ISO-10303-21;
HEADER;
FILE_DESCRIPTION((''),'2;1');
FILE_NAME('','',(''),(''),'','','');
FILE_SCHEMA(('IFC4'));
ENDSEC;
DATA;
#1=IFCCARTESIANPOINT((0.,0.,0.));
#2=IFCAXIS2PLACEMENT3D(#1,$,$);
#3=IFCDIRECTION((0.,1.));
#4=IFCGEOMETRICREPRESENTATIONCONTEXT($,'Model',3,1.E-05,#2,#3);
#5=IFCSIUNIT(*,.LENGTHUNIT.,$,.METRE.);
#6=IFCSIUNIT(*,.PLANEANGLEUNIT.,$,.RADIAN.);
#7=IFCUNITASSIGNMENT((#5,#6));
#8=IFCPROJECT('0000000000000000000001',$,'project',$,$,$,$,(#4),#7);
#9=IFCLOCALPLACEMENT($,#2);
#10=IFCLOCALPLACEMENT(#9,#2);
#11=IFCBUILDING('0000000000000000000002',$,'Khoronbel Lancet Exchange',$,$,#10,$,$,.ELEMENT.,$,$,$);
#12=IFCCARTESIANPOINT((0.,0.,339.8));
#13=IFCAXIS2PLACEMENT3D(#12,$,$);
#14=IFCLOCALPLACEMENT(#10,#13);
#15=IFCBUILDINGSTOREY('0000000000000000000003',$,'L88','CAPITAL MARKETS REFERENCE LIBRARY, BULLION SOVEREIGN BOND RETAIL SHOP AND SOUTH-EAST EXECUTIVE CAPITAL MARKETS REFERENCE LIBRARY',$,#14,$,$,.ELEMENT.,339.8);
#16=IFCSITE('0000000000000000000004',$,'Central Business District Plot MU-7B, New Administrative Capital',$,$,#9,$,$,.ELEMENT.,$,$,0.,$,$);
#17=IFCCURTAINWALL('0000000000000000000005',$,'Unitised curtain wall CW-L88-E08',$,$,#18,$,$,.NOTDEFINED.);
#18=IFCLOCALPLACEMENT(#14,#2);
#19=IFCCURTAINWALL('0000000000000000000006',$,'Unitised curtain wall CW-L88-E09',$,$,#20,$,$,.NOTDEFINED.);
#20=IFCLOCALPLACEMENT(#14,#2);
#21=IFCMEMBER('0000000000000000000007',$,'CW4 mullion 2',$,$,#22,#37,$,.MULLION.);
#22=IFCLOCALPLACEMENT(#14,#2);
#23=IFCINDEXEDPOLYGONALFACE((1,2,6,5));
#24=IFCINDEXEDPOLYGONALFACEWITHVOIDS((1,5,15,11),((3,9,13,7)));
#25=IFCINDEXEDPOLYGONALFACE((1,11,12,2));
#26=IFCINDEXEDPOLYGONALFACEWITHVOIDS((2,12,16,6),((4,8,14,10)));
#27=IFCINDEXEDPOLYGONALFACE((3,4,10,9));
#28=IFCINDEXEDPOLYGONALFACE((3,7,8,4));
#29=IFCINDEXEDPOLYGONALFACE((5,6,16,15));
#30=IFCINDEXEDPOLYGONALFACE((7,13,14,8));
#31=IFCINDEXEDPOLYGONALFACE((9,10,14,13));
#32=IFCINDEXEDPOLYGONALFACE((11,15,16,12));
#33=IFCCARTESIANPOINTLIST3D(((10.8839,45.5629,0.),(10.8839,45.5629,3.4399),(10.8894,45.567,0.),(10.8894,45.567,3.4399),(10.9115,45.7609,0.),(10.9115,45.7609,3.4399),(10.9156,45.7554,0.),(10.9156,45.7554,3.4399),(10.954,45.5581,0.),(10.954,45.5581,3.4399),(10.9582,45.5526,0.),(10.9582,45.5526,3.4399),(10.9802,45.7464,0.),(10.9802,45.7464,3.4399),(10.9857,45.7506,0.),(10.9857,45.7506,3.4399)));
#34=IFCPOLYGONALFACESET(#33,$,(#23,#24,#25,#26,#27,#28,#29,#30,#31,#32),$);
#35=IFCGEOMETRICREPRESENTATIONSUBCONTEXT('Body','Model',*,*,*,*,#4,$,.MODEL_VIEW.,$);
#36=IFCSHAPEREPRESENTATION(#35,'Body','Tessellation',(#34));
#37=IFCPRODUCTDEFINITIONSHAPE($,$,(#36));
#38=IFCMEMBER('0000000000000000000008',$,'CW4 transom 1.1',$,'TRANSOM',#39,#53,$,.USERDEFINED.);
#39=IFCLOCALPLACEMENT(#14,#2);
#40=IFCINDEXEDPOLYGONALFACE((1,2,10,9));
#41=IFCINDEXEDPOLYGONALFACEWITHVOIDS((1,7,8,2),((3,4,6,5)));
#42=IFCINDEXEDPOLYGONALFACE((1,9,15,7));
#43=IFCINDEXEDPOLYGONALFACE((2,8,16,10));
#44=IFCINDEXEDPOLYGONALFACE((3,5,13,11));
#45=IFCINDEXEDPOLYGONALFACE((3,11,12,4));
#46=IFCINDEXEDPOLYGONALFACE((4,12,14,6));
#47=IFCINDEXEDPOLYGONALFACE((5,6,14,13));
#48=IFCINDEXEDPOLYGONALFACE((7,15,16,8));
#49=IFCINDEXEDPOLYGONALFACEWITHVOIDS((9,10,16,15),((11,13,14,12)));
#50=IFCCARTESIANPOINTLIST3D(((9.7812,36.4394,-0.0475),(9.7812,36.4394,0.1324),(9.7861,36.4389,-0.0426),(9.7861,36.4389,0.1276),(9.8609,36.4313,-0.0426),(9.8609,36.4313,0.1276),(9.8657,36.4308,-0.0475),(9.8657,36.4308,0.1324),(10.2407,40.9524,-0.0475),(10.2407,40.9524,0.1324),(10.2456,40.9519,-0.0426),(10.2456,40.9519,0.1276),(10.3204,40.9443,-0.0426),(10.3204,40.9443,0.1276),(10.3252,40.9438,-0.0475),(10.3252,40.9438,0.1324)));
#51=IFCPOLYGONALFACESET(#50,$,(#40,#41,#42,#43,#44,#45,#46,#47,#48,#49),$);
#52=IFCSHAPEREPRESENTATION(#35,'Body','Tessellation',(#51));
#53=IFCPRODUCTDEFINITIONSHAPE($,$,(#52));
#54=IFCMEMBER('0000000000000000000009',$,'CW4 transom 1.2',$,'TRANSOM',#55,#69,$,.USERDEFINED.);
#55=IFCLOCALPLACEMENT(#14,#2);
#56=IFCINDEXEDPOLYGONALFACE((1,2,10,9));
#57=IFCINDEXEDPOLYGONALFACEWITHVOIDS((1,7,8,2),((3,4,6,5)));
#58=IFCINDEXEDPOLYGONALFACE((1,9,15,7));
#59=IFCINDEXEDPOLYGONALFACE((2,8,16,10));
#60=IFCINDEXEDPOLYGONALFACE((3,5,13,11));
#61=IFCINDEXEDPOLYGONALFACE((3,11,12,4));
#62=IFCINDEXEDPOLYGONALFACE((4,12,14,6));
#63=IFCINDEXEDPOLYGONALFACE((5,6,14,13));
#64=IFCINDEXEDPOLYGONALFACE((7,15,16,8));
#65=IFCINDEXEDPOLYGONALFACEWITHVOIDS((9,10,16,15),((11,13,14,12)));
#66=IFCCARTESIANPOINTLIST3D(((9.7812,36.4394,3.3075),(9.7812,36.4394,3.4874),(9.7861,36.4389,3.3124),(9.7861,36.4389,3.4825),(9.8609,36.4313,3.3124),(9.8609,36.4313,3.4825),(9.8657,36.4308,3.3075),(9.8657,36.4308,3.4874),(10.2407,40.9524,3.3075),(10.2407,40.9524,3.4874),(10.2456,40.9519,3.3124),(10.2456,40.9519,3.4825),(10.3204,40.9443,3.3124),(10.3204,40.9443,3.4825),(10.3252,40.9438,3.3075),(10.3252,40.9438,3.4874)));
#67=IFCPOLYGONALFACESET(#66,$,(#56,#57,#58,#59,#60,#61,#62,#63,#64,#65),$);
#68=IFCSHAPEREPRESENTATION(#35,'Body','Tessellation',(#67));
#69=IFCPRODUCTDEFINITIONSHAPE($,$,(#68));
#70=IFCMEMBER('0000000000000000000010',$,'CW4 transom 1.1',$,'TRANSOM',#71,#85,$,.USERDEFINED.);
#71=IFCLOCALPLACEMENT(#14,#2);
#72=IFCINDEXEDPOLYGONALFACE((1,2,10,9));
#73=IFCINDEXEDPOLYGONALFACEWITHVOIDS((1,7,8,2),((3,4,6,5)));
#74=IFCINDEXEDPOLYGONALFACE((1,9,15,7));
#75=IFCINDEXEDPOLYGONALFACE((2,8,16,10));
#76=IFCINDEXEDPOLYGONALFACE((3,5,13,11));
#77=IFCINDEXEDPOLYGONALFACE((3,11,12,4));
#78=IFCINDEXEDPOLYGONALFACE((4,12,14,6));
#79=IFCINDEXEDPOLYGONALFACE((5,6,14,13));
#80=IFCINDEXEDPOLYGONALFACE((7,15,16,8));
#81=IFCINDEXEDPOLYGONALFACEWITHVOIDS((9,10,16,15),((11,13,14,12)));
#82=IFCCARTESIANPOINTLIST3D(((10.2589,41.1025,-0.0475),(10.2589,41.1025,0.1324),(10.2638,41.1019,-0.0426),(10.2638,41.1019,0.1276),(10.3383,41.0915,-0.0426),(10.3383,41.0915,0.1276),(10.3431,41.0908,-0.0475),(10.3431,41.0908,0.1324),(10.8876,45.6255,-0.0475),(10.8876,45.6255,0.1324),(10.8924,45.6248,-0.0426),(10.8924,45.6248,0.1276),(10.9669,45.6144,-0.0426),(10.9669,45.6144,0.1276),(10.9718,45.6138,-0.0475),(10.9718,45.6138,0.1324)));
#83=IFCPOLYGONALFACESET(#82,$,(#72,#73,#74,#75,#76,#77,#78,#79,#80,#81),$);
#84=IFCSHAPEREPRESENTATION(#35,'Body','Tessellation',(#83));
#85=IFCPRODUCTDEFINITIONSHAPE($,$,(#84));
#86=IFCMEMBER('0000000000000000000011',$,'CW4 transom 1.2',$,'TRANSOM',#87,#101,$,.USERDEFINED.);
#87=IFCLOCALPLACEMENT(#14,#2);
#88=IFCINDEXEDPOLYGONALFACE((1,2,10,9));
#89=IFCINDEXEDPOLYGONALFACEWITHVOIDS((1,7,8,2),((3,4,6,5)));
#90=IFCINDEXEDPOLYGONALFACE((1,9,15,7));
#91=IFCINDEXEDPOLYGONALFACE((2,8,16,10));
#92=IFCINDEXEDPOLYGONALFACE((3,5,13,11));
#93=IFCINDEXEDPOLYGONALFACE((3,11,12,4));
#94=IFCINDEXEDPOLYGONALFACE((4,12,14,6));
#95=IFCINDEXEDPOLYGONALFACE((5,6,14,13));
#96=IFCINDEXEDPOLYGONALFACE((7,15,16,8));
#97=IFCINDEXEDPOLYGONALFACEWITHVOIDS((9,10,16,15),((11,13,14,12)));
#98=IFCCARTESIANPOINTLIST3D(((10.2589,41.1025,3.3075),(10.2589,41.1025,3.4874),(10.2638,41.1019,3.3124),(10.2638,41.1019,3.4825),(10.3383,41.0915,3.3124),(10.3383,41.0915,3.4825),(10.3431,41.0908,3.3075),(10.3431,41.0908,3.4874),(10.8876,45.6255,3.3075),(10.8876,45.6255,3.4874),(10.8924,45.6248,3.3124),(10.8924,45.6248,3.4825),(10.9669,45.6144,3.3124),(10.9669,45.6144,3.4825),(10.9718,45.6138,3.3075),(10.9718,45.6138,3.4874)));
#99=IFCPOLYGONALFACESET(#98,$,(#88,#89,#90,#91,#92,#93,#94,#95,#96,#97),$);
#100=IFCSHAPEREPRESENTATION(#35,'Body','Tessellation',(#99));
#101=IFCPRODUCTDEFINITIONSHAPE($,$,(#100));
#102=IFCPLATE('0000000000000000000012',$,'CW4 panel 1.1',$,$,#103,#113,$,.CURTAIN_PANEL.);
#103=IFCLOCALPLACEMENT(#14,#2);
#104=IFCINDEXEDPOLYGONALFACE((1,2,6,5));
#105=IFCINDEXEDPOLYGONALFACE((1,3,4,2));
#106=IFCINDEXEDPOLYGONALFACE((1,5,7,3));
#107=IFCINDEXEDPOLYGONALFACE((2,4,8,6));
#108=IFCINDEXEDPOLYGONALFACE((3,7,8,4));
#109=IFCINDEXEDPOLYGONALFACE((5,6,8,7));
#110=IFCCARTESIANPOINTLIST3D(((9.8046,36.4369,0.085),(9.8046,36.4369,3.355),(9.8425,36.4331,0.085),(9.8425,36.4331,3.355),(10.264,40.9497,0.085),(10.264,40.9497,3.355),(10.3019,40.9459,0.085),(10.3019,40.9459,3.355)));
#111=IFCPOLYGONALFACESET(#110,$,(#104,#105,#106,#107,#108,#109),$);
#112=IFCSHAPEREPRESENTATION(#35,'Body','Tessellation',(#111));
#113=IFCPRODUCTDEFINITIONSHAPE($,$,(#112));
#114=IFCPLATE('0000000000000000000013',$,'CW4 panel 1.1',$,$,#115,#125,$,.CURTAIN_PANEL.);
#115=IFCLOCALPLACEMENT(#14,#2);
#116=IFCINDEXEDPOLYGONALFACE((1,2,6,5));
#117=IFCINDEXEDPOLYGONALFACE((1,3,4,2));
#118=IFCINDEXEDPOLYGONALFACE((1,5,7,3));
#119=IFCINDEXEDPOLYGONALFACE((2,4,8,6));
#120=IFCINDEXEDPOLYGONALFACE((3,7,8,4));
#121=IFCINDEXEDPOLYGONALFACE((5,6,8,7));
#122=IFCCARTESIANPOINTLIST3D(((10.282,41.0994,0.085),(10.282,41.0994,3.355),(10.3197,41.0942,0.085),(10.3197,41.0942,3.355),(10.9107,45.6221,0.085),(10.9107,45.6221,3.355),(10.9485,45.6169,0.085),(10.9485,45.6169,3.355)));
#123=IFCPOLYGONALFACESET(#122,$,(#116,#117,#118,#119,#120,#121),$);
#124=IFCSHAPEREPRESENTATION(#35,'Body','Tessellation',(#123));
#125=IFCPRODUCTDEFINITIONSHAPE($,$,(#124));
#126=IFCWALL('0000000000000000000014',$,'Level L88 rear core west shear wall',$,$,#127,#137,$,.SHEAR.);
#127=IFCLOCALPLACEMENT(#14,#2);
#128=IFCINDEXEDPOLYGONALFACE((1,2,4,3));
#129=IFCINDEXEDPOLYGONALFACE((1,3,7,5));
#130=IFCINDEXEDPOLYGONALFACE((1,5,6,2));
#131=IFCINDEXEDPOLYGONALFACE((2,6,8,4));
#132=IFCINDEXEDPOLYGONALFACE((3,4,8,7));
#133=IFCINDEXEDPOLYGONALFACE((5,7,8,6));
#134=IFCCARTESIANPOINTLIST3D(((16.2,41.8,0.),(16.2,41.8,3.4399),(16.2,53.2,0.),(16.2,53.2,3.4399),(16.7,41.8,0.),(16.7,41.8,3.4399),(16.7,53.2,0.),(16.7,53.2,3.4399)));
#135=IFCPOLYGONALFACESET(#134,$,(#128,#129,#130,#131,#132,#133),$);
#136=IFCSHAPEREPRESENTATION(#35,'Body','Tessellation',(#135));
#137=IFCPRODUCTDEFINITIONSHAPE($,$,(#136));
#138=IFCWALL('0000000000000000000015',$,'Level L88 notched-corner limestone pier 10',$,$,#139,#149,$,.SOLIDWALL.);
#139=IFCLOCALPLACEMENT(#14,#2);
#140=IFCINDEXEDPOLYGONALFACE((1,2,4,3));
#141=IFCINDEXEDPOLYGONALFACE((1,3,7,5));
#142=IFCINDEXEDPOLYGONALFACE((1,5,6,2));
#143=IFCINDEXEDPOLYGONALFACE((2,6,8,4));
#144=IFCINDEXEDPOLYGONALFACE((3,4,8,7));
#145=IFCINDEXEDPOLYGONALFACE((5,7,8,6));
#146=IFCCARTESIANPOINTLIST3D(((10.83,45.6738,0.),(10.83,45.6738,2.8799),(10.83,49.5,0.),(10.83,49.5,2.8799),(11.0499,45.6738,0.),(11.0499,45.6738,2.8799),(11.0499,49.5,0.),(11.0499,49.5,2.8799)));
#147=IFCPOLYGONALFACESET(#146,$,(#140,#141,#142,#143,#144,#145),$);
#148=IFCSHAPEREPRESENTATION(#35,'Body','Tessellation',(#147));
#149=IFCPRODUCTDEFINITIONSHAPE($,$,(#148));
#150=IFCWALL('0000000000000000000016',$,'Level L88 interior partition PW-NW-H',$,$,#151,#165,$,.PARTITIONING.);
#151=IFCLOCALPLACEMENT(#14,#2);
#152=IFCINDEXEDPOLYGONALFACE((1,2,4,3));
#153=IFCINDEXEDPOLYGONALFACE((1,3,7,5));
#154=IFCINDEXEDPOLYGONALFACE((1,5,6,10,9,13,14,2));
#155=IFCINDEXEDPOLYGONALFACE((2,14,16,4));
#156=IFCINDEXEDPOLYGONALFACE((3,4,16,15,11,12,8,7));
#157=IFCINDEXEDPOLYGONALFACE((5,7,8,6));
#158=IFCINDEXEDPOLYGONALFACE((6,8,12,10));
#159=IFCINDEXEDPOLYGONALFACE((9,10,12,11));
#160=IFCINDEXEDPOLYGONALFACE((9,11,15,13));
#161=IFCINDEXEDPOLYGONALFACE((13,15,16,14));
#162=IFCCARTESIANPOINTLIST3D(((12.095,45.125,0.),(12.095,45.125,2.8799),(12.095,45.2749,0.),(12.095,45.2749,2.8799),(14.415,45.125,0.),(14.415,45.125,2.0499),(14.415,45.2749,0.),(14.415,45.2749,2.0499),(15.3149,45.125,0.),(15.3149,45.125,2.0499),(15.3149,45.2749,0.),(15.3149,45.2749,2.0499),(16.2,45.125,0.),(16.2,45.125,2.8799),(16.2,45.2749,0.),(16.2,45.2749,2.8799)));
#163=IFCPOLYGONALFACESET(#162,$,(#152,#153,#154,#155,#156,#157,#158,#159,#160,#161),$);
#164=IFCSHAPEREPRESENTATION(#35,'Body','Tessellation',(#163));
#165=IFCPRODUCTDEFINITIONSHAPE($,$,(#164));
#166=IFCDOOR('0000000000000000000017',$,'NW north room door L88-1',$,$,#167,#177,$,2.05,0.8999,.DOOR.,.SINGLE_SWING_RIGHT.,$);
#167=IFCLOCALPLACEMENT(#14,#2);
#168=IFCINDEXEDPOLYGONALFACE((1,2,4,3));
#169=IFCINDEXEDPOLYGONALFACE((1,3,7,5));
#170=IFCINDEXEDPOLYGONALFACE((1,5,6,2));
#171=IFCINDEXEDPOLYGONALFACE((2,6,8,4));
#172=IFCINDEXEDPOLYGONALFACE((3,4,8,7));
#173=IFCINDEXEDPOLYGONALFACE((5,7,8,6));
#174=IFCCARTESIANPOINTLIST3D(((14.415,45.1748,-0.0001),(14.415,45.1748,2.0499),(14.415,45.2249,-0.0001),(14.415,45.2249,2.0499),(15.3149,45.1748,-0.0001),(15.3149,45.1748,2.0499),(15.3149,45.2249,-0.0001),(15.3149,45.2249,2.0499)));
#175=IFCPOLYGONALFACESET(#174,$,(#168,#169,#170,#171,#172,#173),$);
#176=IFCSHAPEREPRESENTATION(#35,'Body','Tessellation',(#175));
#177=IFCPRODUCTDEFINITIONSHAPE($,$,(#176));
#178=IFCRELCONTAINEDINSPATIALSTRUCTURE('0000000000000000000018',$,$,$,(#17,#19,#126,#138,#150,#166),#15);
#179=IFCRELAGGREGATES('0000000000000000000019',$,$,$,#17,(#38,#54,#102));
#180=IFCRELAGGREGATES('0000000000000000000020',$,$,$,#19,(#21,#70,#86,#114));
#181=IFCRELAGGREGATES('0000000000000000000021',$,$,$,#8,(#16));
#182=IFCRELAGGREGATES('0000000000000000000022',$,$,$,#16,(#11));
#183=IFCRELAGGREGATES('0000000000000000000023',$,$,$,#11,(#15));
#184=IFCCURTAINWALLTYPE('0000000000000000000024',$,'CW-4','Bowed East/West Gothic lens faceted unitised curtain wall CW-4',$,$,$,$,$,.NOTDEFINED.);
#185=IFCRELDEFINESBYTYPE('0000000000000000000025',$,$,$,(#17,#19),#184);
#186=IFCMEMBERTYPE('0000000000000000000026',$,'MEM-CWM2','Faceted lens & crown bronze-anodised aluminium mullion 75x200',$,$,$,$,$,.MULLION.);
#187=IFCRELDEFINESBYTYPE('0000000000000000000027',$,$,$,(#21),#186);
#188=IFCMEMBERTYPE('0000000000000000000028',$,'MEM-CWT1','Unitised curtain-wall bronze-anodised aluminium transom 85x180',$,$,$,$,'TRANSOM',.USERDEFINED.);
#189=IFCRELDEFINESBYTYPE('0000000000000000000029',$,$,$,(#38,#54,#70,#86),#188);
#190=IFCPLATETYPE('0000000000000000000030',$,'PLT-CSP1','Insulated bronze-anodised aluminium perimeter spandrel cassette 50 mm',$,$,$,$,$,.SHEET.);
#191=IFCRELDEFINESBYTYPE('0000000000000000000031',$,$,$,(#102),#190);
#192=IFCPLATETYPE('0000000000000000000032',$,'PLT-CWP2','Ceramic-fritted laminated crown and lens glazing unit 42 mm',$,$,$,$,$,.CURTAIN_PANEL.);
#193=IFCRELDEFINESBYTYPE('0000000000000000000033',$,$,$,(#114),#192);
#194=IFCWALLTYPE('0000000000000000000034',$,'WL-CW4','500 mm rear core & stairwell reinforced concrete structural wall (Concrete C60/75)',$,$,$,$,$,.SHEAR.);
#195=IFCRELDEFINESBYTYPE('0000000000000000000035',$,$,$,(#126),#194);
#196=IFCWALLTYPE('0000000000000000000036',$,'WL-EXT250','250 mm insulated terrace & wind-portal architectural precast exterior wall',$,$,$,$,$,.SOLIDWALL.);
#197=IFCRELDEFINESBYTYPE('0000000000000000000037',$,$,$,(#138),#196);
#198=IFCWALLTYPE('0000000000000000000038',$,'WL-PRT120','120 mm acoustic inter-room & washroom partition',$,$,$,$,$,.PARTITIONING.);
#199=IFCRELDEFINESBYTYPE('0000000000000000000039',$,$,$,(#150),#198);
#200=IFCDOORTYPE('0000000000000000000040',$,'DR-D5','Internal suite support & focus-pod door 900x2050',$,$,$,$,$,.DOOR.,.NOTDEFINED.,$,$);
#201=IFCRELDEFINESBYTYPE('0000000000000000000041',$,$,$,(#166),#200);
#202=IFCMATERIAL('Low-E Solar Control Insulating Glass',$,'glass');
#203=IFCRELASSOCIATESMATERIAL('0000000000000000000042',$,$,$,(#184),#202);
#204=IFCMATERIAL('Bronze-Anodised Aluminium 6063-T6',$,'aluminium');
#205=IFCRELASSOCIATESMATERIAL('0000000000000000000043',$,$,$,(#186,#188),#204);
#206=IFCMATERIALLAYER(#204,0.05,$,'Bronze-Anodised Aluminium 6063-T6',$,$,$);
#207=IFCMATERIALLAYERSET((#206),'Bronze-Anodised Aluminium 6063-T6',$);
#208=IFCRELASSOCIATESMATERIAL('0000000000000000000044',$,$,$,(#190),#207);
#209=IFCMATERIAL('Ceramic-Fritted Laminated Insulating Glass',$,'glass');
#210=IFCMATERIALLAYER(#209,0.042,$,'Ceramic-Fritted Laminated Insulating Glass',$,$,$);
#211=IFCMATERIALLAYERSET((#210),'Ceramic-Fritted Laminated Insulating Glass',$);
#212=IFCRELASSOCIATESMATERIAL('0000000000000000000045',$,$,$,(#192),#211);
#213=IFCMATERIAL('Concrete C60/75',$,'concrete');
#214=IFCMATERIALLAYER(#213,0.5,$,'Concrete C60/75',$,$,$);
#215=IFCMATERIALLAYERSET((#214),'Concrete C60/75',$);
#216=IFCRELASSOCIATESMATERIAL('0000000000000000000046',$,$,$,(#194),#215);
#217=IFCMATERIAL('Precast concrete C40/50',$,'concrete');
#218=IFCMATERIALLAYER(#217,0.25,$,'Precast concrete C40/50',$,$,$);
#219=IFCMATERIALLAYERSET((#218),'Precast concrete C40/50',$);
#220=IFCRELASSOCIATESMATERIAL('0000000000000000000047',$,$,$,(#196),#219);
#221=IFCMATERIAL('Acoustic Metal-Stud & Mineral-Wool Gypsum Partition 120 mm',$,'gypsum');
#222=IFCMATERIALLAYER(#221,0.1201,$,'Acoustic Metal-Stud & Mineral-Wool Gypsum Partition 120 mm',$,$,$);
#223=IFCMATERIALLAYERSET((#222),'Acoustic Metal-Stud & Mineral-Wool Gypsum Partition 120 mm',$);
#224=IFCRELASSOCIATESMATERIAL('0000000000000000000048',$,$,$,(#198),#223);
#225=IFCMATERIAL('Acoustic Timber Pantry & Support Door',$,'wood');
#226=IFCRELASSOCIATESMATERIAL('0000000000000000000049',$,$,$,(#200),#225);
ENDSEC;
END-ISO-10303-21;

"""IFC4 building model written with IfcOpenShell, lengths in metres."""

from ifc_helpers import new_model, si_unit, direction, frame, frame_2d, origin, origin_2d, place, context, subcontext, project, spatial, rectangle, hollow_rectangle, extrude, material, layer, layer_set, material_profile, profile_set, type_object, element, fill, aggregate, save


model = new_model("IFC4")

# Units and contexts
model_context = context("Model", 3, precision=1e-05, world=origin(), true_north=direction((0.0, 1.0)))
body_context = subcontext(model_context, "Body", "Model", "MODEL_VIEW")
ifc_project = project(units=[si_unit("LENGTHUNIT", "METRE"), si_unit("PLANEANGLEUNIT", "RADIAN")], contexts=[model_context])

# Site, building, storey
site_placement = place(None, origin())
site = spatial("IfcSite", under=ifc_project, at=site_placement, Name="Central Business District Plot MU-7B, New Administrative Capital", CompositionType="ELEMENT", RefElevation=0.0)
building_placement = place(site_placement, origin())
building = spatial("IfcBuilding", under=site, at=building_placement, Name="Khoronbel Lancet Exchange", CompositionType="ELEMENT")
storey_placement = place(building_placement, frame((0.0, 0.0, 339.8)))
storey = spatial("IfcBuildingStorey", under=building, at=storey_placement, Name="L88", Description="CAPITAL MARKETS REFERENCE LIBRARY, BULLION SOVEREIGN BOND RETAIL SHOP AND SOUTH-EAST EXECUTIVE CAPITAL MARKETS REFERENCE LIBRARY", CompositionType="ELEMENT", Elevation=339.8)

# Shared definitions
ifc_material_1 = material(Name="Low-E Solar Control Insulating Glass", Category="glass")
curtain_wall_type = type_object("IfcCurtainWallType", Name="CW-4", Description="Bowed East/West Gothic lens faceted unitised curtain wall CW-4", PredefinedType="NOTDEFINED", material=ifc_material_1)
ifc_material_2 = material(Name="Bronze-Anodised Aluminium 6063-T6", Category="aluminium")
ifc_material_profile_1 = material_profile(ifc_material_2, hollow_rectangle(XDim=0.075, YDim=0.2, WallThickness=0.0049, at=origin_2d()), Name="ALU MULLION 75x200")
ifc_profile_set_1 = profile_set([ifc_material_profile_1], Name="Bronze-Anodised Aluminium 6063-T6")
member_type_1 = type_object("IfcMemberType", Name="MEM-CWM2", Description="Faceted lens & crown bronze-anodised aluminium mullion 75x200", PredefinedType="MULLION", material=ifc_profile_set_1)

# Curtain walls, member
curtain_wall_1_placement = place(storey_placement, origin())
curtain_wall_1 = element("IfcCurtainWall", 1, at=curtain_wall_1_placement, inside=storey, type_object=curtain_wall_type, Name="Unitised curtain wall CW-L88-E08", PredefinedType="NOTDEFINED")
curtain_wall_2_placement = place(storey_placement, origin())
curtain_wall_2 = element("IfcCurtainWall", 2, at=curtain_wall_2_placement, inside=storey, type_object=curtain_wall_type, Name="Unitised curtain wall CW-L88-E09", PredefinedType="NOTDEFINED")
member_1_placement = place(storey_placement, frame((10.9348, 45.6567, 0.0), z_axis=(0.0, 0.0, 1.0), x_axis=(-0.990475, 0.137695, 0.0)))
member_1 = element("IfcMember", 3, at=member_1_placement, type_object=member_type_1, Name="CW4 mullion 2", PredefinedType="MULLION", context=body_context, shape_type="SweptSolid", body=[
    extrude(hollow_rectangle(XDim=0.075, YDim=0.2, WallThickness=0.0049, at=origin_2d()), origin(), (0.0, 0.0, 1.0), 3.4399),
])

# Members
ifc_material_profile_2 = material_profile(ifc_material_2, hollow_rectangle(XDim=0.085, YDim=0.1799, WallThickness=0.0049, at=origin_2d()), Name="ALU TRANSOM 85x180")
ifc_profile_set_2 = profile_set([ifc_material_profile_2], Name="Bronze-Anodised Aluminium 6063-T6")
member_type_2 = type_object("IfcMemberType", Name="MEM-CWT1", Description="Unitised curtain-wall bronze-anodised aluminium transom 85x180", ElementType="TRANSOM", PredefinedType="USERDEFINED", material=ifc_profile_set_2)
member_2_placement = place(storey_placement, frame((9.8235, 36.4351, 0.0425), z_axis=(0.101289, 0.994857, 0.0), x_axis=(-0.994857, 0.101289, 0.0)))
member_2 = element("IfcMember", 4, at=member_2_placement, type_object=member_type_2, Name="CW4 transom 1.1", ObjectType="TRANSOM", PredefinedType="USERDEFINED", context=body_context, shape_type="SweptSolid", body=[
    extrude(hollow_rectangle(XDim=0.085, YDim=0.1799, WallThickness=0.0049, at=origin_2d()), origin(), (0.0, 0.0, 1.0), 4.5364),
])
member_3_placement = place(storey_placement, frame((9.8235, 36.4351, 3.3975), z_axis=(0.101289, 0.994857, 0.0), x_axis=(-0.994857, 0.101289, 0.0)))
member_3 = element("IfcMember", 5, at=member_3_placement, type_object=member_type_2, Name="CW4 transom 1.2", ObjectType="TRANSOM", PredefinedType="USERDEFINED", context=body_context, shape_type="SweptSolid", body=[
    extrude(hollow_rectangle(XDim=0.085, YDim=0.1799, WallThickness=0.0049, at=origin_2d()), origin(), (0.0, 0.0, 1.0), 4.5364),
])
member_4_placement = place(storey_placement, frame((10.301, 41.0967, 0.0425), z_axis=(0.13767, 0.990478, 0.0), x_axis=(-0.990478, 0.13767, 0.0)))
member_4 = element("IfcMember", 6, at=member_4_placement, type_object=member_type_2, Name="CW4 transom 1.1", ObjectType="TRANSOM", PredefinedType="USERDEFINED", context=body_context, shape_type="SweptSolid", body=[
    extrude(hollow_rectangle(XDim=0.085, YDim=0.1799, WallThickness=0.0049, at=origin_2d()), origin(), (0.0, 0.0, 1.0), 4.5664),
])
member_5_placement = place(storey_placement, frame((10.301, 41.0967, 3.3975), z_axis=(0.13767, 0.990478, 0.0), x_axis=(-0.990478, 0.13767, 0.0)))
member_5 = element("IfcMember", 7, at=member_5_placement, type_object=member_type_2, Name="CW4 transom 1.2", ObjectType="TRANSOM", PredefinedType="USERDEFINED", context=body_context, shape_type="SweptSolid", body=[
    extrude(hollow_rectangle(XDim=0.085, YDim=0.1799, WallThickness=0.0049, at=origin_2d()), origin(), (0.0, 0.0, 1.0), 4.5664),
])

# Plates
ifc_layer_1 = layer(ifc_material_2, 0.05, Name="Bronze-Anodised Aluminium 6063-T6")
ifc_layer_set_1 = layer_set([ifc_layer_1], Name="Bronze-Anodised Aluminium 6063-T6")
plate_type_1 = type_object("IfcPlateType", Name="PLT-CSP1", Description="Insulated bronze-anodised aluminium perimeter spandrel cassette 50 mm", PredefinedType="SHEET", material=ifc_layer_set_1)
plate_1_placement = place(storey_placement, frame((10.0532, 38.6914, 0.085), z_axis=(0.0, 0.0, 1.0), x_axis=(0.101278, 0.994858, 0.0)))
plate_1 = element("IfcPlate", 8, at=plate_1_placement, type_object=plate_type_1, Name="CW4 panel 1.1", PredefinedType="CURTAIN_PANEL", context=body_context, shape_type="SweptSolid", body=[
    extrude(rectangle(XDim=4.5361, YDim=0.0381, at=origin_2d()), origin(), (0.0, 0.0, 1.0), 3.27),
])
aggregate(curtain_wall_1, [member_2, member_3, plate_1])
ifc_material_3 = material(Name="Ceramic-Fritted Laminated Insulating Glass", Category="glass")
ifc_layer_2 = layer(ifc_material_3, 0.042, Name="Ceramic-Fritted Laminated Insulating Glass")
ifc_layer_set_2 = layer_set([ifc_layer_2], Name="Ceramic-Fritted Laminated Insulating Glass")
plate_type_2 = type_object("IfcPlateType", Name="PLT-CWP2", Description="Ceramic-fritted laminated crown and lens glazing unit 42 mm", PredefinedType="CURTAIN_PANEL", material=ifc_layer_set_2)
plate_2_placement = place(storey_placement, frame((10.6152, 43.3582, 0.085), z_axis=(0.0, 0.0, 1.0), x_axis=(0.137695, 0.990475, 0.0)))
plate_2 = element("IfcPlate", 9, at=plate_2_placement, type_object=plate_type_2, Name="CW4 panel 1.1", PredefinedType="CURTAIN_PANEL", context=body_context, shape_type="SweptSolid", body=[
    extrude(rectangle(XDim=4.5662, YDim=0.0381, at=origin_2d()), origin(), (0.0, 0.0, 1.0), 3.27),
])
aggregate(curtain_wall_2, [member_1, member_4, member_5, plate_2])

# Walls
ifc_material_4 = material(Name="Concrete C60/75", Category="concrete")
ifc_layer_3 = layer(ifc_material_4, 0.5, Name="Concrete C60/75")
ifc_layer_set_3 = layer_set([ifc_layer_3], Name="Concrete C60/75")
wall_type_1 = type_object("IfcWallType", Name="WL-CW4", Description="500 mm rear core & stairwell reinforced concrete structural wall (Concrete C60/75)", PredefinedType="SHEAR", material=ifc_layer_set_3)
wall_1_placement = place(storey_placement, frame((16.45, 41.8, 0.0), z_axis=(0.0, 0.0, 1.0), x_axis=(0.0, 1.0, 0.0)))
element("IfcWall", 10, at=wall_1_placement, inside=storey, type_object=wall_type_1, Name="Level L88 rear core west shear wall", PredefinedType="SHEAR", context=body_context, shape_type="SweptSolid", body=[
    extrude(rectangle(XDim=11.3999, YDim=0.5, at=frame_2d((5.7, 0.0))), origin(), (0.0, 0.0, 1.0), 3.4399),
])
ifc_material_5 = material(Name="Precast concrete C40/50", Category="concrete")
ifc_layer_4 = layer(ifc_material_5, 0.25, Name="Precast concrete C40/50")
ifc_layer_set_4 = layer_set([ifc_layer_4], Name="Precast concrete C40/50")
wall_type_2 = type_object("IfcWallType", Name="WL-EXT250", Description="250 mm insulated terrace & wind-portal architectural precast exterior wall", PredefinedType="SOLIDWALL", material=ifc_layer_set_4)
wall_2_placement = place(storey_placement, frame((10.9399, 45.6738, 0.0), z_axis=(0.0, 0.0, 1.0), x_axis=(0.0, 1.0, 0.0)))
element("IfcWall", 11, at=wall_2_placement, inside=storey, type_object=wall_type_2, Name="Level L88 notched-corner limestone pier 10", PredefinedType="SOLIDWALL", context=body_context, shape_type="SweptSolid", body=[
    extrude(rectangle(XDim=3.8262, YDim=0.22, at=frame_2d((1.9131, 0.0))), origin(), (0.0, 0.0, 1.0), 2.8799),
])

# Wall, opening, door
ifc_material_6 = material(Name="Acoustic Metal-Stud & Mineral-Wool Gypsum Partition 120 mm", Category="gypsum")
ifc_layer_5 = layer(ifc_material_6, 0.1201, Name="Acoustic Metal-Stud & Mineral-Wool Gypsum Partition 120 mm")
ifc_layer_set_5 = layer_set([ifc_layer_5], Name="Acoustic Metal-Stud & Mineral-Wool Gypsum Partition 120 mm")
wall_type_3 = type_object("IfcWallType", Name="WL-PRT120", Description="120 mm acoustic inter-room & washroom partition", PredefinedType="PARTITIONING", material=ifc_layer_set_5)
wall_3_placement = place(storey_placement, frame((12.095, 45.2, 0.0), z_axis=(0.0, 0.0, 1.0), x_axis=(1.0, 0.0, 0.0)))
wall_3 = element("IfcWall", 12, at=wall_3_placement, inside=storey, type_object=wall_type_3, Name="Level L88 interior partition PW-NW-H", PredefinedType="PARTITIONING", context=body_context, shape_type="SweptSolid", body=[
    extrude(rectangle(XDim=4.105, YDim=0.1499, at=frame_2d((2.0525, 0.0))), origin(), (0.0, 0.0, 1.0), 2.8799),
])
opening_1_placement = place(wall_3_placement, frame((2.3201, 0.0, 0.0)))
opening_1 = element("IfcOpeningElement", 13, at=opening_1_placement, cuts=wall_3, PredefinedType="OPENING", context=body_context, shape_type="SweptSolid", body=[
    extrude(rectangle(XDim=0.8999, YDim=2.05, at=frame_2d((0.45, 1.0249))), frame((0.0, 0.085, 0.0), z_axis=(0.0, -1.0, 0.0), x_axis=(1.0, 0.0, 0.0)), (0.0, 0.0, 1.0), 0.1699),
])
ifc_material_7 = material(Name="Acoustic Timber Pantry & Support Door", Category="wood")
door_type_1 = type_object("IfcDoorType", Name="DR-D5", Description="Internal suite support & focus-pod door 900x2050", OperationType="NOTDEFINED", PredefinedType="DOOR", material=ifc_material_7)
door_1_placement = place(opening_1_placement, origin())
door_1 = element("IfcDoor", 14, at=door_1_placement, inside=storey, type_object=door_type_1, Name="NW north room door L88-1", OperationType="SINGLE_SWING_RIGHT", OverallHeight=2.05, OverallWidth=0.8999, PredefinedType="DOOR", context=body_context, shape_type="SweptSolid", body=[
    extrude(rectangle(XDim=0.8999, YDim=2.05, at=frame_2d((0.45, 1.0249))), frame((0.0, 0.0249, 0.0), z_axis=(0.0, -1.0, 0.0), x_axis=(1.0, 0.0, 0.0)), (0.0, 0.0, 1.0), 0.05),
])
fill(opening_1, door_1)

save(model, "model.ifc")
